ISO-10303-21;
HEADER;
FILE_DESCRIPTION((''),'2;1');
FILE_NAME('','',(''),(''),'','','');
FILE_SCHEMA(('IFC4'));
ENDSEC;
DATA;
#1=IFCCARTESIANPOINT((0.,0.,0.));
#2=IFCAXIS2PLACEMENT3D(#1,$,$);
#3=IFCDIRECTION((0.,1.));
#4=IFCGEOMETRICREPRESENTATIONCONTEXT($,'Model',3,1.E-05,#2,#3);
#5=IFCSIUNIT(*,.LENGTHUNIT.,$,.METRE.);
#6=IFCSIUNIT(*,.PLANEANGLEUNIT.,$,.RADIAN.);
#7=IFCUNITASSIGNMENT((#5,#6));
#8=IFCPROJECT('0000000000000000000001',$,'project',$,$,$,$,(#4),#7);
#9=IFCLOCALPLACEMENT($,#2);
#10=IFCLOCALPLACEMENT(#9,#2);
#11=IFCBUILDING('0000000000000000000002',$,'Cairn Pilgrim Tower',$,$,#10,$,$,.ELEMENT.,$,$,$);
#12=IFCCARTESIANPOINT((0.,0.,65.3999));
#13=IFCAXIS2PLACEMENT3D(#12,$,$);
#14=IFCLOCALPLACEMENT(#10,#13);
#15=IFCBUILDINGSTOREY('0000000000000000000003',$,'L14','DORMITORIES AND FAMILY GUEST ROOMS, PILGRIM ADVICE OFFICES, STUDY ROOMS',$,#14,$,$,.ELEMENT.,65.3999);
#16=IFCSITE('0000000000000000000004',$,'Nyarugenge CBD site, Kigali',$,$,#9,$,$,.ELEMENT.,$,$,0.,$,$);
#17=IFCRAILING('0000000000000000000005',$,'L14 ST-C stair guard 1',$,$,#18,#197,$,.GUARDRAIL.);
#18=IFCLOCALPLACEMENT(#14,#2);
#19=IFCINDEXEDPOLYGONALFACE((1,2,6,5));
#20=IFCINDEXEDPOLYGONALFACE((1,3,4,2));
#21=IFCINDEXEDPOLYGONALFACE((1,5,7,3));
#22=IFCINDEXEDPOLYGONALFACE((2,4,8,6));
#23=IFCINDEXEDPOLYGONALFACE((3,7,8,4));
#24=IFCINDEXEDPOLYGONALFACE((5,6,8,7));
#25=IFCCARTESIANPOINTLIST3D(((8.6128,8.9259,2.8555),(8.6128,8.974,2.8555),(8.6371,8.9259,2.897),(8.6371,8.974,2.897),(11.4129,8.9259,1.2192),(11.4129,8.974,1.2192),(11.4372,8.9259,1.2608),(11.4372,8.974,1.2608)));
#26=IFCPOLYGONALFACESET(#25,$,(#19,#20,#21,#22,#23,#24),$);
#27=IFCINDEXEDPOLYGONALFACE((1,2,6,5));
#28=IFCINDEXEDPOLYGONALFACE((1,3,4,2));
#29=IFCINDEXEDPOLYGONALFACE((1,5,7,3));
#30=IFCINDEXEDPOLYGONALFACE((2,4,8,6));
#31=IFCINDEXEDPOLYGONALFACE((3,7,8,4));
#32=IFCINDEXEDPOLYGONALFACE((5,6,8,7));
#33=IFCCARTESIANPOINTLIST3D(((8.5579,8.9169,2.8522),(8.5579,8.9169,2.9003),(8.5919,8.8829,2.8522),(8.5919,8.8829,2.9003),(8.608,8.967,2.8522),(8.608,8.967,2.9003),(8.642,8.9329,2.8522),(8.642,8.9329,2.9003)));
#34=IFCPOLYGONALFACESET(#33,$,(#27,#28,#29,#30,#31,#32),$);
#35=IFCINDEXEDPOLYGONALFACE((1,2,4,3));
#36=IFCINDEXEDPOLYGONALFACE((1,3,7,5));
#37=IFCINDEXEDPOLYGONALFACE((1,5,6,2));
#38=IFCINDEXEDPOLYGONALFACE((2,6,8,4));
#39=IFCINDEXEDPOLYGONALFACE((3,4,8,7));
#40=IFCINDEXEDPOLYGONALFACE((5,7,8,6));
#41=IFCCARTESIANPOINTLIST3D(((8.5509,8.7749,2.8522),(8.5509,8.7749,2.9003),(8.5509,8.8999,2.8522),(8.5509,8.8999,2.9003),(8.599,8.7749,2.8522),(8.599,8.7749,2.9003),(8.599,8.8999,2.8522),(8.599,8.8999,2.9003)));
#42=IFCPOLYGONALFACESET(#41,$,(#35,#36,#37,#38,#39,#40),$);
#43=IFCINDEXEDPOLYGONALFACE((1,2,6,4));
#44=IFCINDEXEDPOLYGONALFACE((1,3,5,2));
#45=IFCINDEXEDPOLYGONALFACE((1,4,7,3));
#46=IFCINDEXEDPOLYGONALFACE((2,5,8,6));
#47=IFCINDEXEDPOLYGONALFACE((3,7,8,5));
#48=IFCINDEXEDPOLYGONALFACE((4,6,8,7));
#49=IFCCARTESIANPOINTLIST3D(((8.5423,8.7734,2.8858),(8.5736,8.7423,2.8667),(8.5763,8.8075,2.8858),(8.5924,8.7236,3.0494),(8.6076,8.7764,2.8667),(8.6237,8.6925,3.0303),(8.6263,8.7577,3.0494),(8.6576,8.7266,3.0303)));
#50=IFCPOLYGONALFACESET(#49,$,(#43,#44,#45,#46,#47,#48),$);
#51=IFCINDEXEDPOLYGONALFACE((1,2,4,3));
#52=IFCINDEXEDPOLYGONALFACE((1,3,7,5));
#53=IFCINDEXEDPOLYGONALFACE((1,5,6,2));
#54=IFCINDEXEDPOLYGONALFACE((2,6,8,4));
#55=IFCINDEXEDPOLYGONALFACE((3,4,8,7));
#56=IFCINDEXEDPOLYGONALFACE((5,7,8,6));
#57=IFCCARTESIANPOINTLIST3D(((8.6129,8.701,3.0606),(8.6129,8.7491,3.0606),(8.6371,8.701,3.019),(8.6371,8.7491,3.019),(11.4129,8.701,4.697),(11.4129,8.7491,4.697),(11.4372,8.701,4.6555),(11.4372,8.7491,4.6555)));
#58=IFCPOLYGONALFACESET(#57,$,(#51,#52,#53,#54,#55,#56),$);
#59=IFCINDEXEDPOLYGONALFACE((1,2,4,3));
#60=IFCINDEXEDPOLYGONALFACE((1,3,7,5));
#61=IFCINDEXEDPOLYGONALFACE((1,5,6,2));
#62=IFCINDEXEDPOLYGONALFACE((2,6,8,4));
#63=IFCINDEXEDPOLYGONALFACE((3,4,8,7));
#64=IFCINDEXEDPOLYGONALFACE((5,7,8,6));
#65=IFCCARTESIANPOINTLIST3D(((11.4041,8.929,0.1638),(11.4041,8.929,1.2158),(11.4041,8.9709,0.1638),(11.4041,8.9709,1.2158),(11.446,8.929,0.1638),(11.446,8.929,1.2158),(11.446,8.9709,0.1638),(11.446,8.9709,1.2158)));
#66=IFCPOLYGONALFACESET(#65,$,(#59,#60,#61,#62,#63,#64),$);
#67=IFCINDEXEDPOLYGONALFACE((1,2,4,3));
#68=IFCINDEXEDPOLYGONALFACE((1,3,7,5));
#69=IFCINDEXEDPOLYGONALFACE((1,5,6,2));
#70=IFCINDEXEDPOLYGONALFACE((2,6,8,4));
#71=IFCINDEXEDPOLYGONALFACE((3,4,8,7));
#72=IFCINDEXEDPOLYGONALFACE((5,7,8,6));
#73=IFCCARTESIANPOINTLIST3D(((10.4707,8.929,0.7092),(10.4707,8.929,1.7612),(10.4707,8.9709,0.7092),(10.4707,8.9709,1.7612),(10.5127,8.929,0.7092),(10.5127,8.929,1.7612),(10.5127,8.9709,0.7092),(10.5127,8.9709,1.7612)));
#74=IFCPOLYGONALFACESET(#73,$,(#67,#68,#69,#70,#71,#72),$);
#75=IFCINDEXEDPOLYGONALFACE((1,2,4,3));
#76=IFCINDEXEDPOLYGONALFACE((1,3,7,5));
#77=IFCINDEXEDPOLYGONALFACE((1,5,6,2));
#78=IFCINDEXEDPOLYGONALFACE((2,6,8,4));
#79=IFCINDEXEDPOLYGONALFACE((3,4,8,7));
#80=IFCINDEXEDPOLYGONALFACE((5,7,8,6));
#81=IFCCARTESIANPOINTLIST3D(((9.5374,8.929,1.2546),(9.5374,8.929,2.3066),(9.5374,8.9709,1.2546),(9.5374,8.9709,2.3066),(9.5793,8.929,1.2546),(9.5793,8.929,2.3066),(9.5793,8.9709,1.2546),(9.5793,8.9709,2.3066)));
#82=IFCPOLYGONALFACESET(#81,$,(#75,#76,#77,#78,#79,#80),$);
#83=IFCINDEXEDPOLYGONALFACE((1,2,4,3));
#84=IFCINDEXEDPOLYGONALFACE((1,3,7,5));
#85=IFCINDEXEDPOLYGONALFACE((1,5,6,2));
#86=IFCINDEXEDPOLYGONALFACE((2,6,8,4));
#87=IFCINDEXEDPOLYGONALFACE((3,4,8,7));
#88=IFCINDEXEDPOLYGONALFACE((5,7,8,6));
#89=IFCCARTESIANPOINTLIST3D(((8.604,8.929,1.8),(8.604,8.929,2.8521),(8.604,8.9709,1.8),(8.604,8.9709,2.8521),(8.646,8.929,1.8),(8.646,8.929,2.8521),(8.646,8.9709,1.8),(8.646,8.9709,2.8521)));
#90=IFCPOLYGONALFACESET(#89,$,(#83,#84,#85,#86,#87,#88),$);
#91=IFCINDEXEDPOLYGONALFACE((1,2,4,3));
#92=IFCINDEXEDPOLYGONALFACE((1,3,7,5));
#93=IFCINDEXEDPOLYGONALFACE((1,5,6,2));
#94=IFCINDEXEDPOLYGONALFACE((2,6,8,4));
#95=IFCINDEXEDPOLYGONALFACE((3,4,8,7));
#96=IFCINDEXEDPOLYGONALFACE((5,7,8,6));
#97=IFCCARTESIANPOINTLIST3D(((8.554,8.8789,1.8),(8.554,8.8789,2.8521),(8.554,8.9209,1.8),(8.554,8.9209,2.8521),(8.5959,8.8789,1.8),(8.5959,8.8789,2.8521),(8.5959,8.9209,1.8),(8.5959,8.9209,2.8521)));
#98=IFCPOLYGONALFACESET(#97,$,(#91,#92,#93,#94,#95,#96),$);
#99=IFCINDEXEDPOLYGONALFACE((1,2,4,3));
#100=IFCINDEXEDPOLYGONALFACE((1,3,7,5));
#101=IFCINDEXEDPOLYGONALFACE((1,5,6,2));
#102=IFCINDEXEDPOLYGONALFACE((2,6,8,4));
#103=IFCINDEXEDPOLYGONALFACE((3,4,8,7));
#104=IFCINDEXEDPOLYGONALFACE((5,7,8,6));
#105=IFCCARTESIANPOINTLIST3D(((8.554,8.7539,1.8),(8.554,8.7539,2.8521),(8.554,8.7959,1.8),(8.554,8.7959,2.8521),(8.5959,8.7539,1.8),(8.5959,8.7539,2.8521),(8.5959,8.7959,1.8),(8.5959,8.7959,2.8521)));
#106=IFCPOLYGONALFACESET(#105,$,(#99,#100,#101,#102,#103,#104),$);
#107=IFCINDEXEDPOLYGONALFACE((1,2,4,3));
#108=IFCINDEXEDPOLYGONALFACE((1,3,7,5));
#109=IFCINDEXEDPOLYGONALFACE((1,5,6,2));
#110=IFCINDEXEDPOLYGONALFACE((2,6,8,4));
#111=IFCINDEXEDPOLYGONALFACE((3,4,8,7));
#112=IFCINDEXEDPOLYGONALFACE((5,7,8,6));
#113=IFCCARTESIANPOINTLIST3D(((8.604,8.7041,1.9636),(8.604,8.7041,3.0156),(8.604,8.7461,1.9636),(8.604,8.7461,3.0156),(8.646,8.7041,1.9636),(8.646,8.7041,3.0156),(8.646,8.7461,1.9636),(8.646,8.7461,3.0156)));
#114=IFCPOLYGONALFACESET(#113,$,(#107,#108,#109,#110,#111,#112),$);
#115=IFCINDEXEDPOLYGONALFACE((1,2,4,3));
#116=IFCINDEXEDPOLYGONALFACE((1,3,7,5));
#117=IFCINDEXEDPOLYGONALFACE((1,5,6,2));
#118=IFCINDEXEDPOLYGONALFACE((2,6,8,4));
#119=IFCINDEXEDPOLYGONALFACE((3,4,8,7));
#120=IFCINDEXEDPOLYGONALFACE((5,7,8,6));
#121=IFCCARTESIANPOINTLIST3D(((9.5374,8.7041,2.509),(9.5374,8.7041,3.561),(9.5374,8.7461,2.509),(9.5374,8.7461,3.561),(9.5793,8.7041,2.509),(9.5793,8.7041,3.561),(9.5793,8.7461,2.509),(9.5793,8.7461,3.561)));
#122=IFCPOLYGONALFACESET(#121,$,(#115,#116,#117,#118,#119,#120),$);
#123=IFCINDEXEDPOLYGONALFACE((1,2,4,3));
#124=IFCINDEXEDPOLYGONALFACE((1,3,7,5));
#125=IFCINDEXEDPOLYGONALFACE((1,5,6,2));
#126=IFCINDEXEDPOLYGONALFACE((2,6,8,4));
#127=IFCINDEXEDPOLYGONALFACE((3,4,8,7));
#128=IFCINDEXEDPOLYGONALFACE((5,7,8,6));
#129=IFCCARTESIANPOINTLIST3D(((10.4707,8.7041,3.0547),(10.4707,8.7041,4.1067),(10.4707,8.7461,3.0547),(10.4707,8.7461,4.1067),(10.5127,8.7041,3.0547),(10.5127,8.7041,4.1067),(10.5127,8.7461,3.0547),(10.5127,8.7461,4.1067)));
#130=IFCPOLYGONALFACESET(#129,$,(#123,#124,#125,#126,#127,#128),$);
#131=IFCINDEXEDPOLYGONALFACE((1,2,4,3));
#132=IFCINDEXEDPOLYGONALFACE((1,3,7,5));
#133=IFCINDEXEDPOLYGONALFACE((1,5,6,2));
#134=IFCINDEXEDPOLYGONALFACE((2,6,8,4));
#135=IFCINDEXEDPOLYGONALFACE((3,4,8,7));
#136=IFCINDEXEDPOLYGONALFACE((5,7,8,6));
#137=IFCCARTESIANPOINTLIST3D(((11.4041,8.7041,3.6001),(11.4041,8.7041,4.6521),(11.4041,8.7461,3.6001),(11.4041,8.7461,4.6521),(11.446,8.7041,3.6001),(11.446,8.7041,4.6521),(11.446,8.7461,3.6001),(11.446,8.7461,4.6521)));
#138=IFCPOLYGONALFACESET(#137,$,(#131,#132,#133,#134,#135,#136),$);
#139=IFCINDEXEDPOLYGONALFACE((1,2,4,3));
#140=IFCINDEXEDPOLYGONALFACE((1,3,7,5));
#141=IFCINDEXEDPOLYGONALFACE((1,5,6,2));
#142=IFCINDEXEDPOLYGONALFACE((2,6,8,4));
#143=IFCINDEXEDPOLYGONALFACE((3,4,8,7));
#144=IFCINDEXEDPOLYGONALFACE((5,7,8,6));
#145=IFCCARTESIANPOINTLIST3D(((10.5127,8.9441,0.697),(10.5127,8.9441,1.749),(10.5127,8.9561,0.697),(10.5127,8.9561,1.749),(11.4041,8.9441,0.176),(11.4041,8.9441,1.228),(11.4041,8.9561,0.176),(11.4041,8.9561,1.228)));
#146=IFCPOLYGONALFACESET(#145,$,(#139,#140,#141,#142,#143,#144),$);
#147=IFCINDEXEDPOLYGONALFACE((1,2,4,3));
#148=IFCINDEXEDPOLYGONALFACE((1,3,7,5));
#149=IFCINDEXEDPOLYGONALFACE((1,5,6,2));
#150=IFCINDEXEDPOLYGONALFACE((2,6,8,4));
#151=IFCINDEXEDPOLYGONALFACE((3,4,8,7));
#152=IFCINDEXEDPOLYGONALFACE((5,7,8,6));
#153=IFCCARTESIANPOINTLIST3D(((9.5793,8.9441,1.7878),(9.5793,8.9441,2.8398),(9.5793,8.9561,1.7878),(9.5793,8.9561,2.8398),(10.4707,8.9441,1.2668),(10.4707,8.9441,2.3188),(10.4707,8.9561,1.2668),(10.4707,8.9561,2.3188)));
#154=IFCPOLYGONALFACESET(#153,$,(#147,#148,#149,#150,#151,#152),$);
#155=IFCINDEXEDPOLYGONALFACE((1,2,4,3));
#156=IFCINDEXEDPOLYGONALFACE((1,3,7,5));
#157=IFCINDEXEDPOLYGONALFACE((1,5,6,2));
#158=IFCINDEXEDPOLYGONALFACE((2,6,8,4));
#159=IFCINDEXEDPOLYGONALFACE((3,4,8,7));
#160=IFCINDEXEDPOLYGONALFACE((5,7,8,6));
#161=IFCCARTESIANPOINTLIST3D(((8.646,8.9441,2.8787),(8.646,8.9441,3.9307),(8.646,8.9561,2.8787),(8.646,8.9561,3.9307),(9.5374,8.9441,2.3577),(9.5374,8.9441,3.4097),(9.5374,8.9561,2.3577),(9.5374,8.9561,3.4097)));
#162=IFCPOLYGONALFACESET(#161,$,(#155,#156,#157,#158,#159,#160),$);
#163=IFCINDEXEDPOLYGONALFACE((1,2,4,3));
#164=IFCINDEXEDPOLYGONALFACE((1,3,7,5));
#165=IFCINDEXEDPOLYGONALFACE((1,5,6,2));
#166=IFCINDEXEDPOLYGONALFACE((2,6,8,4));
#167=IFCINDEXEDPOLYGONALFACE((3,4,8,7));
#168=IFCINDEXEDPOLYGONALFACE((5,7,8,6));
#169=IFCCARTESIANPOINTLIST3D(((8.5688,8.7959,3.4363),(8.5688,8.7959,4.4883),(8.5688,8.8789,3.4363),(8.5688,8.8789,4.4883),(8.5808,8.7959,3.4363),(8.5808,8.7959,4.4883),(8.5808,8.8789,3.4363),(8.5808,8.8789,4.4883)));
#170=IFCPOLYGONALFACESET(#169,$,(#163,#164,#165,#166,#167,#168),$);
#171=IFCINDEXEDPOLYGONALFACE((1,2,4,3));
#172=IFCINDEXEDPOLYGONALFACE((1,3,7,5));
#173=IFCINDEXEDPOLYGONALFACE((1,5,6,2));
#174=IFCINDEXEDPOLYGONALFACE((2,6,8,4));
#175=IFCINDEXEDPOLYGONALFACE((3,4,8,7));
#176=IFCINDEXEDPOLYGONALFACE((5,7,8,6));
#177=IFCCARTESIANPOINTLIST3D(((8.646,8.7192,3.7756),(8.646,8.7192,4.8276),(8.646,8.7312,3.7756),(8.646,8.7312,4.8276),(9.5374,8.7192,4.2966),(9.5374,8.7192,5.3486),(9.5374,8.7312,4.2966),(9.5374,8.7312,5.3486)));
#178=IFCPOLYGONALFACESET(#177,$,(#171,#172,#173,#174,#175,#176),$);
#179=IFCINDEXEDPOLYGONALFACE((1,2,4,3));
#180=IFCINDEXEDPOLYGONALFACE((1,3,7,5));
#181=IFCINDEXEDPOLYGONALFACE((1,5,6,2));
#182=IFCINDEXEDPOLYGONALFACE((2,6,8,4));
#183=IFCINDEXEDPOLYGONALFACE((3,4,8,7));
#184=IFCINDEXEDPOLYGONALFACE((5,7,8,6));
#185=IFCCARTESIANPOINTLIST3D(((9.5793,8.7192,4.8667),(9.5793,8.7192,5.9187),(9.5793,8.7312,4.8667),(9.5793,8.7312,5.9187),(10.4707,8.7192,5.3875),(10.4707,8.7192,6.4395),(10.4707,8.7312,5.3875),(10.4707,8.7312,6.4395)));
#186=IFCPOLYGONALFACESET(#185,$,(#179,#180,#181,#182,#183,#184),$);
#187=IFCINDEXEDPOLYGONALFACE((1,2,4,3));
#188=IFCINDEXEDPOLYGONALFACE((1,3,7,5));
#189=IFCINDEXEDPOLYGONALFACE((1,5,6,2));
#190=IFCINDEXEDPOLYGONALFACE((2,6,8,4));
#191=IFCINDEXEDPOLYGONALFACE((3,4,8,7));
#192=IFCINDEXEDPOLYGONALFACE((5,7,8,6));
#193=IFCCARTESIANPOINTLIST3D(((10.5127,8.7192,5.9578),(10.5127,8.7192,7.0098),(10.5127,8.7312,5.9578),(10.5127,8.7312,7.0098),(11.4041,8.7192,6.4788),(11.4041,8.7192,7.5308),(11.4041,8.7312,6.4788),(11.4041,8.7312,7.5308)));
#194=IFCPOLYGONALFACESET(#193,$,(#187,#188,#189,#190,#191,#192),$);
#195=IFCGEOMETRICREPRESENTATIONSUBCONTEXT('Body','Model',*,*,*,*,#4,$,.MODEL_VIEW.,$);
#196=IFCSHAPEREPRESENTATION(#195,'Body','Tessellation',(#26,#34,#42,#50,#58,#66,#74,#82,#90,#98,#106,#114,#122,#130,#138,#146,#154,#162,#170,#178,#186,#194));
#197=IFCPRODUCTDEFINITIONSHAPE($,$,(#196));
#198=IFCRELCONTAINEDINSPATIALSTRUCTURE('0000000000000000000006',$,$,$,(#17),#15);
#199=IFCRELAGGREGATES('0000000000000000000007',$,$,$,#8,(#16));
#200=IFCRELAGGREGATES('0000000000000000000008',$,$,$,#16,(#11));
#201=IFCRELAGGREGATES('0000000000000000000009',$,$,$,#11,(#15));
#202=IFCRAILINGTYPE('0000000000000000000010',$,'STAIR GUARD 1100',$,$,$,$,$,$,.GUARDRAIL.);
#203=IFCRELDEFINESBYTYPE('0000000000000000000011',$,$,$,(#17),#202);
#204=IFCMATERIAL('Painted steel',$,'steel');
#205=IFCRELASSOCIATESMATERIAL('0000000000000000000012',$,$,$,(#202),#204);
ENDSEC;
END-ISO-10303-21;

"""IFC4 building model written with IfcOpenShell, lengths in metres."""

from ifc_helpers import new_model, si_unit, direction, frame, origin, origin_2d, place, context, subcontext, project, spatial, polyline, rectangle, outline, extrude, material, type_object, element, save


model = new_model("IFC4")

# Units and contexts
model_context = context("Model", 3, precision=1e-05, world=origin(), true_north=direction((0.0, 1.0)))
body_context = subcontext(model_context, "Body", "Model", "MODEL_VIEW")
ifc_project = project(units=[si_unit("LENGTHUNIT", "METRE"), si_unit("PLANEANGLEUNIT", "RADIAN")], contexts=[model_context])

# Site, building, storey
site_placement = place(None, origin())
site = spatial("IfcSite", under=ifc_project, at=site_placement, Name="Nyarugenge CBD site, Kigali", CompositionType="ELEMENT", RefElevation=0.0)
building_placement = place(site_placement, origin())
building = spatial("IfcBuilding", under=site, at=building_placement, Name="Cairn Pilgrim Tower", CompositionType="ELEMENT")
storey_placement = place(building_placement, frame((0.0, 0.0, 65.3999)))
storey = spatial("IfcBuildingStorey", under=building, at=storey_placement, Name="L14", Description="DORMITORIES AND FAMILY GUEST ROOMS, PILGRIM ADVICE OFFICES, STUDY ROOMS", CompositionType="ELEMENT", Elevation=65.3999)

# Shared definitions
ifc_material_1 = material(Name="Painted steel", Category="steel")

# Railing
railing_type_1 = type_object("IfcRailingType", Name="STAIR GUARD 1100", PredefinedType="GUARDRAIL", material=ifc_material_1)
railing_1_placement = place(storey_placement, frame((11.425, 8.95, 0.1638)))
element("IfcRailing", 1, at=railing_1_placement, inside=storey, type_object=railing_type_1, Name="L14 ST-C stair guard 1", PredefinedType="GUARDRAIL", context=body_context, shape_type="SweptSolid", body=[
    extrude(rectangle(XDim=0.0481, YDim=0.0481, at=origin_2d()), frame((0.0, 0.0, 1.0762), z_axis=(-0.863394, 0.0, 0.504531), x_axis=(0.0, -1.0, 0.0)), (0.0, 0.0, 1.0), 3.2432),
    extrude(rectangle(XDim=0.0481, YDim=0.0481, at=origin_2d()), frame((-2.8, 0.0, 2.7124), z_axis=(-0.707107, -0.707107, 0.0), x_axis=(0.707107, -0.707107, 0.0)), (0.0, 0.0, 1.0), 0.0708),
    extrude(rectangle(XDim=0.0481, YDim=0.0481, at=origin_2d()), frame((-2.8501, -0.05, 2.7124), z_axis=(0.0, -1.0, 0.0), x_axis=(1.0, 0.0, 0.0)), (0.0, 0.0, 1.0), 0.125),
    extrude(rectangle(XDim=0.0481, YDim=0.0481, at=origin_2d()), frame((-2.8501, -0.175, 2.7124), z_axis=(0.280917, -0.279546, 0.918118), x_axis=(0.705376, 0.708834, 0.0)), (0.0, 0.0, 1.0), 0.1782),
    extrude(rectangle(XDim=0.0481, YDim=0.0481, at=origin_2d()), frame((-2.8, -0.2249, 2.876), z_axis=(0.863361, 0.0, 0.504587), x_axis=(0.0, 1.0, 0.0)), (0.0, 0.0, 1.0), 3.2432),
    extrude(rectangle(XDim=0.042, YDim=0.042, at=origin_2d()), origin(), (0.0, 0.0, 1.0), 1.052),
    extrude(rectangle(XDim=0.042, YDim=0.042, at=origin_2d()), frame((-0.9333, 0.0, 0.5454)), (0.0, 0.0, 1.0), 1.052),
    extrude(rectangle(XDim=0.042, YDim=0.042, at=origin_2d()), frame((-1.8667, 0.0, 1.0908)), (0.0, 0.0, 1.0), 1.052),
    extrude(rectangle(XDim=0.042, YDim=0.042, at=origin_2d()), frame((-2.8, 0.0, 1.6362)), (0.0, 0.0, 1.0), 1.052),
    extrude(rectangle(XDim=0.042, YDim=0.042, at=origin_2d()), frame((-2.8501, -0.05, 1.6362)), (0.0, 0.0, 1.0), 1.052),
    extrude(rectangle(XDim=0.042, YDim=0.042, at=origin_2d()), frame((-2.8501, -0.175, 1.6362)), (0.0, 0.0, 1.0), 1.052),
    extrude(rectangle(XDim=0.042, YDim=0.042, at=origin_2d()), frame((-2.8, -0.2249, 1.7998)), (0.0, 0.0, 1.0), 1.052),
    extrude(rectangle(XDim=0.042, YDim=0.042, at=origin_2d()), frame((-1.8667, -0.2249, 2.3452)), (0.0, 0.0, 1.0), 1.052),
    extrude(rectangle(XDim=0.042, YDim=0.042, at=origin_2d()), frame((-0.9333, -0.2249, 2.8909)), (0.0, 0.0, 1.0), 1.052),
    extrude(rectangle(XDim=0.042, YDim=0.042, at=origin_2d()), frame((0.0, -0.2249, 3.4363)), (0.0, 0.0, 1.0), 1.052),
    extrude(outline(polyline([(0.021, 0.0122), (0.9124, 0.5332), (0.9124, 1.5852), (0.021, 1.0642), (0.021, 0.0122)])), frame((0.0, -0.0059, 0.0), z_axis=(0.0, 1.0, 0.0), x_axis=(-1.0, 0.0, 0.0)), (0.0, 0.0, 1.0), 0.012),
    extrude(outline(polyline([(0.021, 0.5576), (0.9124, 1.0786), (0.9124, 2.1306), (0.021, 1.6096), (0.021, 0.5576)])), frame((-0.9333, -0.0059, 0.5454), z_axis=(0.0, 1.0, 0.0), x_axis=(-1.0, 0.0, 0.0)), (0.0, 0.0, 1.0), 0.012),
    extrude(outline(polyline([(0.021, 1.103), (0.9124, 1.624), (0.9124, 2.676), (0.021, 2.155), (0.021, 1.103)])), frame((-1.8667, -0.0059, 1.0908), z_axis=(0.0, 1.0, 0.0), x_axis=(-1.0, 0.0, 0.0)), (0.0, 0.0, 1.0), 0.012),
    extrude(outline(polyline([(0.021, 1.6362), (0.104, 1.6362), (0.104, 2.6882), (0.021, 2.6882), (0.021, 1.6362)])), frame((-2.8442, -0.05, 1.6362), z_axis=(-1.0, 0.0, 0.0), x_axis=(0.0, -1.0, 0.0)), (0.0, 0.0, 1.0), 0.012),
    extrude(outline(polyline([(0.021, 1.812), (0.9124, 2.333), (0.9124, 3.385), (0.021, 2.864), (0.021, 1.812)])), frame((-2.8, -0.2188, 1.7998), z_axis=(0.0, -1.0, 0.0), x_axis=(1.0, 0.0, 0.0)), (0.0, 0.0, 1.0), 0.012),
    extrude(outline(polyline([(0.021, 2.3577), (0.9124, 2.8784), (0.9124, 3.9304), (0.021, 3.4097), (0.021, 2.3577)])), frame((-1.8667, -0.2188, 2.3452), z_axis=(0.0, -1.0, 0.0), x_axis=(1.0, 0.0, 0.0)), (0.0, 0.0, 1.0), 0.012),
    extrude(outline(polyline([(0.021, 2.9031), (0.9124, 3.4241), (0.9124, 4.4761), (0.021, 3.9551), (0.021, 2.9031)])), frame((-0.9333, -0.2188, 2.8909), z_axis=(0.0, -1.0, 0.0), x_axis=(1.0, 0.0, 0.0)), (0.0, 0.0, 1.0), 0.012),
])

save(model, "model.ifc")
